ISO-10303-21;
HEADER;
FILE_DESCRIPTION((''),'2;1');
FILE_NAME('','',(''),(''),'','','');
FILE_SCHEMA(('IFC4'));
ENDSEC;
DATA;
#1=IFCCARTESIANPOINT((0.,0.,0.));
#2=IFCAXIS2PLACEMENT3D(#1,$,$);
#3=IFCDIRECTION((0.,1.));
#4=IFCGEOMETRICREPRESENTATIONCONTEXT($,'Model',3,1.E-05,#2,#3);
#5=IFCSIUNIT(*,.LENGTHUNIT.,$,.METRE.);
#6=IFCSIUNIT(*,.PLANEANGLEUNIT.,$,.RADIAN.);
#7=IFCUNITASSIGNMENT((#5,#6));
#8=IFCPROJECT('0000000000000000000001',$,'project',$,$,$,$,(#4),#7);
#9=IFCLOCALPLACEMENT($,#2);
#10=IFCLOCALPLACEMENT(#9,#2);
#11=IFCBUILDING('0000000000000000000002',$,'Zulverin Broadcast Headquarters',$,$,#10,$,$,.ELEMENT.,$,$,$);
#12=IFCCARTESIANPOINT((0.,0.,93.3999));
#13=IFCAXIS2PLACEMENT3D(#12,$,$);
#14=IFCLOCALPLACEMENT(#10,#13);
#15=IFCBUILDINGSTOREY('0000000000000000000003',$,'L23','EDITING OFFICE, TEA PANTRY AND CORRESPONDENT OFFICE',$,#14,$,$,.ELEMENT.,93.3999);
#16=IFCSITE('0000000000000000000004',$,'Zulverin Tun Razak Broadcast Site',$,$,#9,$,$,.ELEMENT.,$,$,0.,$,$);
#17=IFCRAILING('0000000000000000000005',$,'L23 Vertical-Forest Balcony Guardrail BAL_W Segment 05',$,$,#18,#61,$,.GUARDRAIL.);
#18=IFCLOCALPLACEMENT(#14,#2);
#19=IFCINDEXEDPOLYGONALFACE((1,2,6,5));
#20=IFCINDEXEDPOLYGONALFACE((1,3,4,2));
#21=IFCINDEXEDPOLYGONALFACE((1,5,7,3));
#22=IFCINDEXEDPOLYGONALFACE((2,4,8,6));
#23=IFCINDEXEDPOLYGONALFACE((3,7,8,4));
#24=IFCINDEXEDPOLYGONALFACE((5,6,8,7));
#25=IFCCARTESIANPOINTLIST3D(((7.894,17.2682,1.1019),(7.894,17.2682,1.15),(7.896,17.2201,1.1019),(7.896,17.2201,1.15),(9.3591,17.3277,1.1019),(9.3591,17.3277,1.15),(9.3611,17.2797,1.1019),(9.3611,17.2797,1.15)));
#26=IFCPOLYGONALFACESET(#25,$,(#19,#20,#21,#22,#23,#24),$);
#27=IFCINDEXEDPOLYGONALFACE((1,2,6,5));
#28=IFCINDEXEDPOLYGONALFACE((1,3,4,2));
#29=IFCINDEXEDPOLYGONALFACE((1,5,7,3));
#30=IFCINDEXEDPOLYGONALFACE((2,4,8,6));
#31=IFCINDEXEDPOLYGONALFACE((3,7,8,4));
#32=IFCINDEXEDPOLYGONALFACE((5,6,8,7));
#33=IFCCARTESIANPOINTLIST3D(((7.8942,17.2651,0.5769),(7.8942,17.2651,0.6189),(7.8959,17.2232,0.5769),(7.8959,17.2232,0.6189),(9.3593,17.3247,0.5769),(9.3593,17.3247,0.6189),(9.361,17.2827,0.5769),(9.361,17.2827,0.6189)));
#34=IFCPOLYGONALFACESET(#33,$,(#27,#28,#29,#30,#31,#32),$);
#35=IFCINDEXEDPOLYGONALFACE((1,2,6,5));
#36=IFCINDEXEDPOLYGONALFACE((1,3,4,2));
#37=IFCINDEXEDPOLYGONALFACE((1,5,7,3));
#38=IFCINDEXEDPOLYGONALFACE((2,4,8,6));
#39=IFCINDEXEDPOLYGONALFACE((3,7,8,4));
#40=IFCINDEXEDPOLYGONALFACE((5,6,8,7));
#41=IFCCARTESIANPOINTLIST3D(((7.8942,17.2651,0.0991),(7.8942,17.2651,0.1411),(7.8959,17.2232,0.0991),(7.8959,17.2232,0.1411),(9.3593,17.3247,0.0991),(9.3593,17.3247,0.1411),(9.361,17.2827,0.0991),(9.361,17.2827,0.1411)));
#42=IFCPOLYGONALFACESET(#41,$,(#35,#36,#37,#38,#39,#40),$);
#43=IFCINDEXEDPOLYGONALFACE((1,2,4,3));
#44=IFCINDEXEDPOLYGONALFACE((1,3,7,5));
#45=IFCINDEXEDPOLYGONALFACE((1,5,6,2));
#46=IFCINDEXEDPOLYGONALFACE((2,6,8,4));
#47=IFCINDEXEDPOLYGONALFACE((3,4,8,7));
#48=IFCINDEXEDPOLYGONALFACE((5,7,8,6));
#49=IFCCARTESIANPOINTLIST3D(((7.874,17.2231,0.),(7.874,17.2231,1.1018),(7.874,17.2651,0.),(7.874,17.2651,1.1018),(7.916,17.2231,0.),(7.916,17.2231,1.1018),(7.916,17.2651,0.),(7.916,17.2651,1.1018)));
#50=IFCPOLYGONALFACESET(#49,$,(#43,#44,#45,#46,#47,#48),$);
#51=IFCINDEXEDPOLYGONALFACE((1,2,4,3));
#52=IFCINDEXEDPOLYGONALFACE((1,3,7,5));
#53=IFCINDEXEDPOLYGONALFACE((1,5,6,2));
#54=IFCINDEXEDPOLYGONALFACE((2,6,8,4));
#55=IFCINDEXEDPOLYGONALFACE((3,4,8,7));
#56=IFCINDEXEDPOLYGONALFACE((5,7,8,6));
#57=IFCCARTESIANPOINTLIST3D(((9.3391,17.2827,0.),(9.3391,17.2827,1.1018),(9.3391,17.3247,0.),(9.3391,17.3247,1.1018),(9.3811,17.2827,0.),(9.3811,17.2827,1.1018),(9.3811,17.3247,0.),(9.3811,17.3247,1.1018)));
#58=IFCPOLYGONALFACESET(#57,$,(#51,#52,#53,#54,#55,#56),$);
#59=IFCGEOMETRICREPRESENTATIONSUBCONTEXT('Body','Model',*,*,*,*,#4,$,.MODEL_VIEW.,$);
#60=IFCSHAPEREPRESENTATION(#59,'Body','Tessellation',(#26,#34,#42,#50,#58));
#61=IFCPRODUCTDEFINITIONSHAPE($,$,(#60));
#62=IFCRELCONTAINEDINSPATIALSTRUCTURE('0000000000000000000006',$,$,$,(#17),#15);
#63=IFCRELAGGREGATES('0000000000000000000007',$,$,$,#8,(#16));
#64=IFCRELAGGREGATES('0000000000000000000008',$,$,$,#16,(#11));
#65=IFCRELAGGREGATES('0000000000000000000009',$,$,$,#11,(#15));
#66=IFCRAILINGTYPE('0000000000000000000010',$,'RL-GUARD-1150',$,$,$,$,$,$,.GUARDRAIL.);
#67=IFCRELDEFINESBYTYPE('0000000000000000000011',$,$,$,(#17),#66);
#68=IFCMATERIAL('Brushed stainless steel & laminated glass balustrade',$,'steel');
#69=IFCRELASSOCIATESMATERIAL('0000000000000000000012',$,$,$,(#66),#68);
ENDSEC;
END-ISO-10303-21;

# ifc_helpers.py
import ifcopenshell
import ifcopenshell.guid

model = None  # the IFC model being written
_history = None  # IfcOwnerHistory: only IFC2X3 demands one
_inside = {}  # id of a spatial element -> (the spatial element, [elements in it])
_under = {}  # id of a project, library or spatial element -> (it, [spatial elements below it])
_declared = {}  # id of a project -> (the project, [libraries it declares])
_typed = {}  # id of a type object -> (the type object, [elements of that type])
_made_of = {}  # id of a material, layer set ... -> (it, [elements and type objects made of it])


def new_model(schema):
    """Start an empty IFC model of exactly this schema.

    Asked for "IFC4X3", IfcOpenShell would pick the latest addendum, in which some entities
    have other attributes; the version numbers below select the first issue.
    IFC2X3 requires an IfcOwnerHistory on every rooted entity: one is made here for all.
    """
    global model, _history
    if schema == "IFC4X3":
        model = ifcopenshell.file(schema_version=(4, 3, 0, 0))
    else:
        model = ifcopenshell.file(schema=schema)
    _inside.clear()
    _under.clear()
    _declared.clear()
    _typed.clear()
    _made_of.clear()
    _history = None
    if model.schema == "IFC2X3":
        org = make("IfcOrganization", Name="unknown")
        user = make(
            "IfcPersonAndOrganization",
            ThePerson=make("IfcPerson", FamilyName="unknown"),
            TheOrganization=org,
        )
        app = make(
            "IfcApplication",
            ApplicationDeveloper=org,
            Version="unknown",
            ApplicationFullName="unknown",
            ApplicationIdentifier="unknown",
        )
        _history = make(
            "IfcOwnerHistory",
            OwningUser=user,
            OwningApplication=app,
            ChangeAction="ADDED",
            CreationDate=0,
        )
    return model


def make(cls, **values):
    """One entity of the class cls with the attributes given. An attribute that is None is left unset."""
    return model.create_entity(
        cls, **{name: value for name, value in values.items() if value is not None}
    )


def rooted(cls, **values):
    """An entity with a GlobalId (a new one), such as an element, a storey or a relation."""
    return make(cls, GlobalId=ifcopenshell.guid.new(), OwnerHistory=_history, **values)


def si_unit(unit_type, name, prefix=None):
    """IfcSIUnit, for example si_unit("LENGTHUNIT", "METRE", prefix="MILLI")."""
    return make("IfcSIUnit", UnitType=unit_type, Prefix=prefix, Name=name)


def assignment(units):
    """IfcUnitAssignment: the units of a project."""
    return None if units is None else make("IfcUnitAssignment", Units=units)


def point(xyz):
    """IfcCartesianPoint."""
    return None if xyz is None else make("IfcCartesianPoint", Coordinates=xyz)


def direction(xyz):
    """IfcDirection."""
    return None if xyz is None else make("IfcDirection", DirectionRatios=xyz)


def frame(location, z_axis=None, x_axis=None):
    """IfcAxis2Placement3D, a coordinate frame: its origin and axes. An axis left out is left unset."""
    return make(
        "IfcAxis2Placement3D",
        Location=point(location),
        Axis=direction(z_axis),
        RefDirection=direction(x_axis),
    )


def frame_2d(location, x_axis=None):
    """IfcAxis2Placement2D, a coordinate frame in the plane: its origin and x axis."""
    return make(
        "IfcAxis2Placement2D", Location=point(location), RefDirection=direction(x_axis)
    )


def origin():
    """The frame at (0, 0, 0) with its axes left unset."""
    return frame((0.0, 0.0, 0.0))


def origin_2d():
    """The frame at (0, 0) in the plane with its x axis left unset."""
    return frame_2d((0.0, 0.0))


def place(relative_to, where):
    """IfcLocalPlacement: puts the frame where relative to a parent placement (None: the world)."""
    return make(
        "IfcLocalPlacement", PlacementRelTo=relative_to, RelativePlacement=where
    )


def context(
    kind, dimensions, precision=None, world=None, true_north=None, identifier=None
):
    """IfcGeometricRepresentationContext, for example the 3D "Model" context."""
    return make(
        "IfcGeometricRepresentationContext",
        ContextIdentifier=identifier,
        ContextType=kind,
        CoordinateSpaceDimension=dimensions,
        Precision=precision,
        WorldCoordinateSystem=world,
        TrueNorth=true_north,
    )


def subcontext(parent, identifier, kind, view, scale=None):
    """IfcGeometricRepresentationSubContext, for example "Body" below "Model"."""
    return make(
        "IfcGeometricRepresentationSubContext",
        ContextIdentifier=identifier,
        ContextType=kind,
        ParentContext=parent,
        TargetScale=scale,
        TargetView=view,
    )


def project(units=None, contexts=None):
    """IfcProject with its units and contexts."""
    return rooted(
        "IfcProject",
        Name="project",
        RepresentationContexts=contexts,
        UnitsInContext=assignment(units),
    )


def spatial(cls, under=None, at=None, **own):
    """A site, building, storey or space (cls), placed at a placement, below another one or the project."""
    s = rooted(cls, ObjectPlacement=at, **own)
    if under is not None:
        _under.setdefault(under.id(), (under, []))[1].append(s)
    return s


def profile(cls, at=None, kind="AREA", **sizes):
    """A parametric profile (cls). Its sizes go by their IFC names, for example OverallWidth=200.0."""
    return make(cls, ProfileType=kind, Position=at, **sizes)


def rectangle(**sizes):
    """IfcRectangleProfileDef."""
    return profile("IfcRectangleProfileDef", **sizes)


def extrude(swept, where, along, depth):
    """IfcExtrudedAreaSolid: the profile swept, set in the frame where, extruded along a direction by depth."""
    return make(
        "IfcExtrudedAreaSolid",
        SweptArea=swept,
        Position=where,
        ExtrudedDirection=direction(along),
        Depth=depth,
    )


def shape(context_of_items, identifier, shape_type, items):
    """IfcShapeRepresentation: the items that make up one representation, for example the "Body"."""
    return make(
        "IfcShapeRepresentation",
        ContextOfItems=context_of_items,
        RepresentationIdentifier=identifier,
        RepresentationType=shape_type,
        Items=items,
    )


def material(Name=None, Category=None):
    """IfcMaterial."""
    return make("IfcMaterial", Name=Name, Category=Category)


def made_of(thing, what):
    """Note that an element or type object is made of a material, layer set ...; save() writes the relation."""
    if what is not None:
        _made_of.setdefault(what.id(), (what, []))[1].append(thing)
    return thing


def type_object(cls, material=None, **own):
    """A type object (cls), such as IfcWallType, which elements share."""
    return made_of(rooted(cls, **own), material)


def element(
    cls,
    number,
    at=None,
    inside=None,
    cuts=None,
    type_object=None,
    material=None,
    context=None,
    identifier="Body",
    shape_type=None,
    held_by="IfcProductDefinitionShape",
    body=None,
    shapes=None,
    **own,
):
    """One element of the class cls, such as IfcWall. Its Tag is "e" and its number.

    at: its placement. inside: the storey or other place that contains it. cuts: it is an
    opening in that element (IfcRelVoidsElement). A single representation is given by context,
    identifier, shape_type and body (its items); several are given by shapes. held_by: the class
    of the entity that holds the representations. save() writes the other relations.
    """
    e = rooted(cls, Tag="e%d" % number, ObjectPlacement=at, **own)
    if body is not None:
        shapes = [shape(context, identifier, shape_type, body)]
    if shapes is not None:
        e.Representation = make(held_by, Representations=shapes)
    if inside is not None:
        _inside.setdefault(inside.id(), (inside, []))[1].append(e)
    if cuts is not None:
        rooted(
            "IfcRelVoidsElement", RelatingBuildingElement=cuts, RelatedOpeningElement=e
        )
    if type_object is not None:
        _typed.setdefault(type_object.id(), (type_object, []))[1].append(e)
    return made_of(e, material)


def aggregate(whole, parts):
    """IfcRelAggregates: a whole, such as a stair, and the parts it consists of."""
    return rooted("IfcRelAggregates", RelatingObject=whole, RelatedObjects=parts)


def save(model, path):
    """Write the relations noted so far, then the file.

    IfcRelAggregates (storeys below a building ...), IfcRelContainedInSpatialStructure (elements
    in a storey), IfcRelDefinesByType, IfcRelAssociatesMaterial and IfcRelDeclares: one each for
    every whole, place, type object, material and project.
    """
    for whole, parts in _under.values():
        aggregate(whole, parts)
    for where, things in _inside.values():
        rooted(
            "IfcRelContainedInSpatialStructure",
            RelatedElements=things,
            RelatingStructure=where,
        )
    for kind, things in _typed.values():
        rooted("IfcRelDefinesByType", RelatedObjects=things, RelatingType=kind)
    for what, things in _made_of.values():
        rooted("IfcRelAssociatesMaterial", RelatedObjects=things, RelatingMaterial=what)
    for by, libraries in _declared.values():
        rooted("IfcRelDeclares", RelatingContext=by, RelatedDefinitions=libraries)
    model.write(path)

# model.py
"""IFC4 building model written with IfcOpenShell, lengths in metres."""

from ifc_helpers import new_model, si_unit, direction, frame, origin, origin_2d, place, context, subcontext, project, spatial, rectangle, extrude, material, type_object, element, save


model = new_model("IFC4")

# Units and contexts
model_context = context("Model", 3, precision=1e-05, world=origin(), true_north=direction((0.0, 1.0)))
body_context = subcontext(model_context, "Body", "Model", "MODEL_VIEW")
ifc_project = project(units=[si_unit("LENGTHUNIT", "METRE"), si_unit("PLANEANGLEUNIT", "RADIAN")], contexts=[model_context])

# Site, building, storey
site_placement = place(None, origin())
site = spatial("IfcSite", under=ifc_project, at=site_placement, Name="Zulverin Tun Razak Broadcast Site", CompositionType="ELEMENT", RefElevation=0.0)
building_placement = place(site_placement, origin())
building = spatial("IfcBuilding", under=site, at=building_placement, Name="Zulverin Broadcast Headquarters", CompositionType="ELEMENT")
storey_placement = place(building_placement, frame((0.0, 0.0, 93.3999)))
storey = spatial("IfcBuildingStorey", under=building, at=storey_placement, Name="L23", Description="EDITING OFFICE, TEA PANTRY AND CORRESPONDENT OFFICE", CompositionType="ELEMENT", Elevation=93.3999)

# Railing
ifc_material_1 = material(Name="Brushed stainless steel & laminated glass balustrade", Category="steel")
railing_type = type_object("IfcRailingType", Name="RL-GUARD-1150", PredefinedType="GUARDRAIL", material=ifc_material_1)
railing_1_placement = place(storey_placement, frame((7.895, 17.2441, 0.0)))
element("IfcRailing", 1, at=railing_1_placement, inside=storey, type_object=railing_type, Name="L23 Vertical-Forest Balcony Guardrail BAL_W Segment 05", PredefinedType="GUARDRAIL", context=body_context, shape_type="SweptSolid", body=[
    extrude(rectangle(XDim=0.0481, YDim=0.0481, at=origin_2d()), frame((0.0, 0.0, 1.126), z_axis=(0.999174, 0.040626, 0.0), x_axis=(-0.040626, 0.999174, 0.0)), (0.0, 0.0, 1.0), 1.4663),
    extrude(rectangle(XDim=0.042, YDim=0.042, at=origin_2d()), frame((0.0, 0.0, 0.5979), z_axis=(0.999174, 0.040626, 0.0), x_axis=(-0.040626, 0.999174, 0.0)), (0.0, 0.0, 1.0), 1.4663),
    extrude(rectangle(XDim=0.042, YDim=0.042, at=origin_2d()), frame((0.0, 0.0, 0.1201), z_axis=(0.999174, 0.040626, 0.0), x_axis=(-0.040626, 0.999174, 0.0)), (0.0, 0.0, 1.0), 1.4663),
    extrude(rectangle(XDim=0.042, YDim=0.042, at=origin_2d()), origin(), (0.0, 0.0, 1.0), 1.1018),
    extrude(rectangle(XDim=0.042, YDim=0.042, at=origin_2d()), frame((1.4651, 0.0596, 0.0)), (0.0, 0.0, 1.0), 1.1018),
])

save(model, "model.ifc")
